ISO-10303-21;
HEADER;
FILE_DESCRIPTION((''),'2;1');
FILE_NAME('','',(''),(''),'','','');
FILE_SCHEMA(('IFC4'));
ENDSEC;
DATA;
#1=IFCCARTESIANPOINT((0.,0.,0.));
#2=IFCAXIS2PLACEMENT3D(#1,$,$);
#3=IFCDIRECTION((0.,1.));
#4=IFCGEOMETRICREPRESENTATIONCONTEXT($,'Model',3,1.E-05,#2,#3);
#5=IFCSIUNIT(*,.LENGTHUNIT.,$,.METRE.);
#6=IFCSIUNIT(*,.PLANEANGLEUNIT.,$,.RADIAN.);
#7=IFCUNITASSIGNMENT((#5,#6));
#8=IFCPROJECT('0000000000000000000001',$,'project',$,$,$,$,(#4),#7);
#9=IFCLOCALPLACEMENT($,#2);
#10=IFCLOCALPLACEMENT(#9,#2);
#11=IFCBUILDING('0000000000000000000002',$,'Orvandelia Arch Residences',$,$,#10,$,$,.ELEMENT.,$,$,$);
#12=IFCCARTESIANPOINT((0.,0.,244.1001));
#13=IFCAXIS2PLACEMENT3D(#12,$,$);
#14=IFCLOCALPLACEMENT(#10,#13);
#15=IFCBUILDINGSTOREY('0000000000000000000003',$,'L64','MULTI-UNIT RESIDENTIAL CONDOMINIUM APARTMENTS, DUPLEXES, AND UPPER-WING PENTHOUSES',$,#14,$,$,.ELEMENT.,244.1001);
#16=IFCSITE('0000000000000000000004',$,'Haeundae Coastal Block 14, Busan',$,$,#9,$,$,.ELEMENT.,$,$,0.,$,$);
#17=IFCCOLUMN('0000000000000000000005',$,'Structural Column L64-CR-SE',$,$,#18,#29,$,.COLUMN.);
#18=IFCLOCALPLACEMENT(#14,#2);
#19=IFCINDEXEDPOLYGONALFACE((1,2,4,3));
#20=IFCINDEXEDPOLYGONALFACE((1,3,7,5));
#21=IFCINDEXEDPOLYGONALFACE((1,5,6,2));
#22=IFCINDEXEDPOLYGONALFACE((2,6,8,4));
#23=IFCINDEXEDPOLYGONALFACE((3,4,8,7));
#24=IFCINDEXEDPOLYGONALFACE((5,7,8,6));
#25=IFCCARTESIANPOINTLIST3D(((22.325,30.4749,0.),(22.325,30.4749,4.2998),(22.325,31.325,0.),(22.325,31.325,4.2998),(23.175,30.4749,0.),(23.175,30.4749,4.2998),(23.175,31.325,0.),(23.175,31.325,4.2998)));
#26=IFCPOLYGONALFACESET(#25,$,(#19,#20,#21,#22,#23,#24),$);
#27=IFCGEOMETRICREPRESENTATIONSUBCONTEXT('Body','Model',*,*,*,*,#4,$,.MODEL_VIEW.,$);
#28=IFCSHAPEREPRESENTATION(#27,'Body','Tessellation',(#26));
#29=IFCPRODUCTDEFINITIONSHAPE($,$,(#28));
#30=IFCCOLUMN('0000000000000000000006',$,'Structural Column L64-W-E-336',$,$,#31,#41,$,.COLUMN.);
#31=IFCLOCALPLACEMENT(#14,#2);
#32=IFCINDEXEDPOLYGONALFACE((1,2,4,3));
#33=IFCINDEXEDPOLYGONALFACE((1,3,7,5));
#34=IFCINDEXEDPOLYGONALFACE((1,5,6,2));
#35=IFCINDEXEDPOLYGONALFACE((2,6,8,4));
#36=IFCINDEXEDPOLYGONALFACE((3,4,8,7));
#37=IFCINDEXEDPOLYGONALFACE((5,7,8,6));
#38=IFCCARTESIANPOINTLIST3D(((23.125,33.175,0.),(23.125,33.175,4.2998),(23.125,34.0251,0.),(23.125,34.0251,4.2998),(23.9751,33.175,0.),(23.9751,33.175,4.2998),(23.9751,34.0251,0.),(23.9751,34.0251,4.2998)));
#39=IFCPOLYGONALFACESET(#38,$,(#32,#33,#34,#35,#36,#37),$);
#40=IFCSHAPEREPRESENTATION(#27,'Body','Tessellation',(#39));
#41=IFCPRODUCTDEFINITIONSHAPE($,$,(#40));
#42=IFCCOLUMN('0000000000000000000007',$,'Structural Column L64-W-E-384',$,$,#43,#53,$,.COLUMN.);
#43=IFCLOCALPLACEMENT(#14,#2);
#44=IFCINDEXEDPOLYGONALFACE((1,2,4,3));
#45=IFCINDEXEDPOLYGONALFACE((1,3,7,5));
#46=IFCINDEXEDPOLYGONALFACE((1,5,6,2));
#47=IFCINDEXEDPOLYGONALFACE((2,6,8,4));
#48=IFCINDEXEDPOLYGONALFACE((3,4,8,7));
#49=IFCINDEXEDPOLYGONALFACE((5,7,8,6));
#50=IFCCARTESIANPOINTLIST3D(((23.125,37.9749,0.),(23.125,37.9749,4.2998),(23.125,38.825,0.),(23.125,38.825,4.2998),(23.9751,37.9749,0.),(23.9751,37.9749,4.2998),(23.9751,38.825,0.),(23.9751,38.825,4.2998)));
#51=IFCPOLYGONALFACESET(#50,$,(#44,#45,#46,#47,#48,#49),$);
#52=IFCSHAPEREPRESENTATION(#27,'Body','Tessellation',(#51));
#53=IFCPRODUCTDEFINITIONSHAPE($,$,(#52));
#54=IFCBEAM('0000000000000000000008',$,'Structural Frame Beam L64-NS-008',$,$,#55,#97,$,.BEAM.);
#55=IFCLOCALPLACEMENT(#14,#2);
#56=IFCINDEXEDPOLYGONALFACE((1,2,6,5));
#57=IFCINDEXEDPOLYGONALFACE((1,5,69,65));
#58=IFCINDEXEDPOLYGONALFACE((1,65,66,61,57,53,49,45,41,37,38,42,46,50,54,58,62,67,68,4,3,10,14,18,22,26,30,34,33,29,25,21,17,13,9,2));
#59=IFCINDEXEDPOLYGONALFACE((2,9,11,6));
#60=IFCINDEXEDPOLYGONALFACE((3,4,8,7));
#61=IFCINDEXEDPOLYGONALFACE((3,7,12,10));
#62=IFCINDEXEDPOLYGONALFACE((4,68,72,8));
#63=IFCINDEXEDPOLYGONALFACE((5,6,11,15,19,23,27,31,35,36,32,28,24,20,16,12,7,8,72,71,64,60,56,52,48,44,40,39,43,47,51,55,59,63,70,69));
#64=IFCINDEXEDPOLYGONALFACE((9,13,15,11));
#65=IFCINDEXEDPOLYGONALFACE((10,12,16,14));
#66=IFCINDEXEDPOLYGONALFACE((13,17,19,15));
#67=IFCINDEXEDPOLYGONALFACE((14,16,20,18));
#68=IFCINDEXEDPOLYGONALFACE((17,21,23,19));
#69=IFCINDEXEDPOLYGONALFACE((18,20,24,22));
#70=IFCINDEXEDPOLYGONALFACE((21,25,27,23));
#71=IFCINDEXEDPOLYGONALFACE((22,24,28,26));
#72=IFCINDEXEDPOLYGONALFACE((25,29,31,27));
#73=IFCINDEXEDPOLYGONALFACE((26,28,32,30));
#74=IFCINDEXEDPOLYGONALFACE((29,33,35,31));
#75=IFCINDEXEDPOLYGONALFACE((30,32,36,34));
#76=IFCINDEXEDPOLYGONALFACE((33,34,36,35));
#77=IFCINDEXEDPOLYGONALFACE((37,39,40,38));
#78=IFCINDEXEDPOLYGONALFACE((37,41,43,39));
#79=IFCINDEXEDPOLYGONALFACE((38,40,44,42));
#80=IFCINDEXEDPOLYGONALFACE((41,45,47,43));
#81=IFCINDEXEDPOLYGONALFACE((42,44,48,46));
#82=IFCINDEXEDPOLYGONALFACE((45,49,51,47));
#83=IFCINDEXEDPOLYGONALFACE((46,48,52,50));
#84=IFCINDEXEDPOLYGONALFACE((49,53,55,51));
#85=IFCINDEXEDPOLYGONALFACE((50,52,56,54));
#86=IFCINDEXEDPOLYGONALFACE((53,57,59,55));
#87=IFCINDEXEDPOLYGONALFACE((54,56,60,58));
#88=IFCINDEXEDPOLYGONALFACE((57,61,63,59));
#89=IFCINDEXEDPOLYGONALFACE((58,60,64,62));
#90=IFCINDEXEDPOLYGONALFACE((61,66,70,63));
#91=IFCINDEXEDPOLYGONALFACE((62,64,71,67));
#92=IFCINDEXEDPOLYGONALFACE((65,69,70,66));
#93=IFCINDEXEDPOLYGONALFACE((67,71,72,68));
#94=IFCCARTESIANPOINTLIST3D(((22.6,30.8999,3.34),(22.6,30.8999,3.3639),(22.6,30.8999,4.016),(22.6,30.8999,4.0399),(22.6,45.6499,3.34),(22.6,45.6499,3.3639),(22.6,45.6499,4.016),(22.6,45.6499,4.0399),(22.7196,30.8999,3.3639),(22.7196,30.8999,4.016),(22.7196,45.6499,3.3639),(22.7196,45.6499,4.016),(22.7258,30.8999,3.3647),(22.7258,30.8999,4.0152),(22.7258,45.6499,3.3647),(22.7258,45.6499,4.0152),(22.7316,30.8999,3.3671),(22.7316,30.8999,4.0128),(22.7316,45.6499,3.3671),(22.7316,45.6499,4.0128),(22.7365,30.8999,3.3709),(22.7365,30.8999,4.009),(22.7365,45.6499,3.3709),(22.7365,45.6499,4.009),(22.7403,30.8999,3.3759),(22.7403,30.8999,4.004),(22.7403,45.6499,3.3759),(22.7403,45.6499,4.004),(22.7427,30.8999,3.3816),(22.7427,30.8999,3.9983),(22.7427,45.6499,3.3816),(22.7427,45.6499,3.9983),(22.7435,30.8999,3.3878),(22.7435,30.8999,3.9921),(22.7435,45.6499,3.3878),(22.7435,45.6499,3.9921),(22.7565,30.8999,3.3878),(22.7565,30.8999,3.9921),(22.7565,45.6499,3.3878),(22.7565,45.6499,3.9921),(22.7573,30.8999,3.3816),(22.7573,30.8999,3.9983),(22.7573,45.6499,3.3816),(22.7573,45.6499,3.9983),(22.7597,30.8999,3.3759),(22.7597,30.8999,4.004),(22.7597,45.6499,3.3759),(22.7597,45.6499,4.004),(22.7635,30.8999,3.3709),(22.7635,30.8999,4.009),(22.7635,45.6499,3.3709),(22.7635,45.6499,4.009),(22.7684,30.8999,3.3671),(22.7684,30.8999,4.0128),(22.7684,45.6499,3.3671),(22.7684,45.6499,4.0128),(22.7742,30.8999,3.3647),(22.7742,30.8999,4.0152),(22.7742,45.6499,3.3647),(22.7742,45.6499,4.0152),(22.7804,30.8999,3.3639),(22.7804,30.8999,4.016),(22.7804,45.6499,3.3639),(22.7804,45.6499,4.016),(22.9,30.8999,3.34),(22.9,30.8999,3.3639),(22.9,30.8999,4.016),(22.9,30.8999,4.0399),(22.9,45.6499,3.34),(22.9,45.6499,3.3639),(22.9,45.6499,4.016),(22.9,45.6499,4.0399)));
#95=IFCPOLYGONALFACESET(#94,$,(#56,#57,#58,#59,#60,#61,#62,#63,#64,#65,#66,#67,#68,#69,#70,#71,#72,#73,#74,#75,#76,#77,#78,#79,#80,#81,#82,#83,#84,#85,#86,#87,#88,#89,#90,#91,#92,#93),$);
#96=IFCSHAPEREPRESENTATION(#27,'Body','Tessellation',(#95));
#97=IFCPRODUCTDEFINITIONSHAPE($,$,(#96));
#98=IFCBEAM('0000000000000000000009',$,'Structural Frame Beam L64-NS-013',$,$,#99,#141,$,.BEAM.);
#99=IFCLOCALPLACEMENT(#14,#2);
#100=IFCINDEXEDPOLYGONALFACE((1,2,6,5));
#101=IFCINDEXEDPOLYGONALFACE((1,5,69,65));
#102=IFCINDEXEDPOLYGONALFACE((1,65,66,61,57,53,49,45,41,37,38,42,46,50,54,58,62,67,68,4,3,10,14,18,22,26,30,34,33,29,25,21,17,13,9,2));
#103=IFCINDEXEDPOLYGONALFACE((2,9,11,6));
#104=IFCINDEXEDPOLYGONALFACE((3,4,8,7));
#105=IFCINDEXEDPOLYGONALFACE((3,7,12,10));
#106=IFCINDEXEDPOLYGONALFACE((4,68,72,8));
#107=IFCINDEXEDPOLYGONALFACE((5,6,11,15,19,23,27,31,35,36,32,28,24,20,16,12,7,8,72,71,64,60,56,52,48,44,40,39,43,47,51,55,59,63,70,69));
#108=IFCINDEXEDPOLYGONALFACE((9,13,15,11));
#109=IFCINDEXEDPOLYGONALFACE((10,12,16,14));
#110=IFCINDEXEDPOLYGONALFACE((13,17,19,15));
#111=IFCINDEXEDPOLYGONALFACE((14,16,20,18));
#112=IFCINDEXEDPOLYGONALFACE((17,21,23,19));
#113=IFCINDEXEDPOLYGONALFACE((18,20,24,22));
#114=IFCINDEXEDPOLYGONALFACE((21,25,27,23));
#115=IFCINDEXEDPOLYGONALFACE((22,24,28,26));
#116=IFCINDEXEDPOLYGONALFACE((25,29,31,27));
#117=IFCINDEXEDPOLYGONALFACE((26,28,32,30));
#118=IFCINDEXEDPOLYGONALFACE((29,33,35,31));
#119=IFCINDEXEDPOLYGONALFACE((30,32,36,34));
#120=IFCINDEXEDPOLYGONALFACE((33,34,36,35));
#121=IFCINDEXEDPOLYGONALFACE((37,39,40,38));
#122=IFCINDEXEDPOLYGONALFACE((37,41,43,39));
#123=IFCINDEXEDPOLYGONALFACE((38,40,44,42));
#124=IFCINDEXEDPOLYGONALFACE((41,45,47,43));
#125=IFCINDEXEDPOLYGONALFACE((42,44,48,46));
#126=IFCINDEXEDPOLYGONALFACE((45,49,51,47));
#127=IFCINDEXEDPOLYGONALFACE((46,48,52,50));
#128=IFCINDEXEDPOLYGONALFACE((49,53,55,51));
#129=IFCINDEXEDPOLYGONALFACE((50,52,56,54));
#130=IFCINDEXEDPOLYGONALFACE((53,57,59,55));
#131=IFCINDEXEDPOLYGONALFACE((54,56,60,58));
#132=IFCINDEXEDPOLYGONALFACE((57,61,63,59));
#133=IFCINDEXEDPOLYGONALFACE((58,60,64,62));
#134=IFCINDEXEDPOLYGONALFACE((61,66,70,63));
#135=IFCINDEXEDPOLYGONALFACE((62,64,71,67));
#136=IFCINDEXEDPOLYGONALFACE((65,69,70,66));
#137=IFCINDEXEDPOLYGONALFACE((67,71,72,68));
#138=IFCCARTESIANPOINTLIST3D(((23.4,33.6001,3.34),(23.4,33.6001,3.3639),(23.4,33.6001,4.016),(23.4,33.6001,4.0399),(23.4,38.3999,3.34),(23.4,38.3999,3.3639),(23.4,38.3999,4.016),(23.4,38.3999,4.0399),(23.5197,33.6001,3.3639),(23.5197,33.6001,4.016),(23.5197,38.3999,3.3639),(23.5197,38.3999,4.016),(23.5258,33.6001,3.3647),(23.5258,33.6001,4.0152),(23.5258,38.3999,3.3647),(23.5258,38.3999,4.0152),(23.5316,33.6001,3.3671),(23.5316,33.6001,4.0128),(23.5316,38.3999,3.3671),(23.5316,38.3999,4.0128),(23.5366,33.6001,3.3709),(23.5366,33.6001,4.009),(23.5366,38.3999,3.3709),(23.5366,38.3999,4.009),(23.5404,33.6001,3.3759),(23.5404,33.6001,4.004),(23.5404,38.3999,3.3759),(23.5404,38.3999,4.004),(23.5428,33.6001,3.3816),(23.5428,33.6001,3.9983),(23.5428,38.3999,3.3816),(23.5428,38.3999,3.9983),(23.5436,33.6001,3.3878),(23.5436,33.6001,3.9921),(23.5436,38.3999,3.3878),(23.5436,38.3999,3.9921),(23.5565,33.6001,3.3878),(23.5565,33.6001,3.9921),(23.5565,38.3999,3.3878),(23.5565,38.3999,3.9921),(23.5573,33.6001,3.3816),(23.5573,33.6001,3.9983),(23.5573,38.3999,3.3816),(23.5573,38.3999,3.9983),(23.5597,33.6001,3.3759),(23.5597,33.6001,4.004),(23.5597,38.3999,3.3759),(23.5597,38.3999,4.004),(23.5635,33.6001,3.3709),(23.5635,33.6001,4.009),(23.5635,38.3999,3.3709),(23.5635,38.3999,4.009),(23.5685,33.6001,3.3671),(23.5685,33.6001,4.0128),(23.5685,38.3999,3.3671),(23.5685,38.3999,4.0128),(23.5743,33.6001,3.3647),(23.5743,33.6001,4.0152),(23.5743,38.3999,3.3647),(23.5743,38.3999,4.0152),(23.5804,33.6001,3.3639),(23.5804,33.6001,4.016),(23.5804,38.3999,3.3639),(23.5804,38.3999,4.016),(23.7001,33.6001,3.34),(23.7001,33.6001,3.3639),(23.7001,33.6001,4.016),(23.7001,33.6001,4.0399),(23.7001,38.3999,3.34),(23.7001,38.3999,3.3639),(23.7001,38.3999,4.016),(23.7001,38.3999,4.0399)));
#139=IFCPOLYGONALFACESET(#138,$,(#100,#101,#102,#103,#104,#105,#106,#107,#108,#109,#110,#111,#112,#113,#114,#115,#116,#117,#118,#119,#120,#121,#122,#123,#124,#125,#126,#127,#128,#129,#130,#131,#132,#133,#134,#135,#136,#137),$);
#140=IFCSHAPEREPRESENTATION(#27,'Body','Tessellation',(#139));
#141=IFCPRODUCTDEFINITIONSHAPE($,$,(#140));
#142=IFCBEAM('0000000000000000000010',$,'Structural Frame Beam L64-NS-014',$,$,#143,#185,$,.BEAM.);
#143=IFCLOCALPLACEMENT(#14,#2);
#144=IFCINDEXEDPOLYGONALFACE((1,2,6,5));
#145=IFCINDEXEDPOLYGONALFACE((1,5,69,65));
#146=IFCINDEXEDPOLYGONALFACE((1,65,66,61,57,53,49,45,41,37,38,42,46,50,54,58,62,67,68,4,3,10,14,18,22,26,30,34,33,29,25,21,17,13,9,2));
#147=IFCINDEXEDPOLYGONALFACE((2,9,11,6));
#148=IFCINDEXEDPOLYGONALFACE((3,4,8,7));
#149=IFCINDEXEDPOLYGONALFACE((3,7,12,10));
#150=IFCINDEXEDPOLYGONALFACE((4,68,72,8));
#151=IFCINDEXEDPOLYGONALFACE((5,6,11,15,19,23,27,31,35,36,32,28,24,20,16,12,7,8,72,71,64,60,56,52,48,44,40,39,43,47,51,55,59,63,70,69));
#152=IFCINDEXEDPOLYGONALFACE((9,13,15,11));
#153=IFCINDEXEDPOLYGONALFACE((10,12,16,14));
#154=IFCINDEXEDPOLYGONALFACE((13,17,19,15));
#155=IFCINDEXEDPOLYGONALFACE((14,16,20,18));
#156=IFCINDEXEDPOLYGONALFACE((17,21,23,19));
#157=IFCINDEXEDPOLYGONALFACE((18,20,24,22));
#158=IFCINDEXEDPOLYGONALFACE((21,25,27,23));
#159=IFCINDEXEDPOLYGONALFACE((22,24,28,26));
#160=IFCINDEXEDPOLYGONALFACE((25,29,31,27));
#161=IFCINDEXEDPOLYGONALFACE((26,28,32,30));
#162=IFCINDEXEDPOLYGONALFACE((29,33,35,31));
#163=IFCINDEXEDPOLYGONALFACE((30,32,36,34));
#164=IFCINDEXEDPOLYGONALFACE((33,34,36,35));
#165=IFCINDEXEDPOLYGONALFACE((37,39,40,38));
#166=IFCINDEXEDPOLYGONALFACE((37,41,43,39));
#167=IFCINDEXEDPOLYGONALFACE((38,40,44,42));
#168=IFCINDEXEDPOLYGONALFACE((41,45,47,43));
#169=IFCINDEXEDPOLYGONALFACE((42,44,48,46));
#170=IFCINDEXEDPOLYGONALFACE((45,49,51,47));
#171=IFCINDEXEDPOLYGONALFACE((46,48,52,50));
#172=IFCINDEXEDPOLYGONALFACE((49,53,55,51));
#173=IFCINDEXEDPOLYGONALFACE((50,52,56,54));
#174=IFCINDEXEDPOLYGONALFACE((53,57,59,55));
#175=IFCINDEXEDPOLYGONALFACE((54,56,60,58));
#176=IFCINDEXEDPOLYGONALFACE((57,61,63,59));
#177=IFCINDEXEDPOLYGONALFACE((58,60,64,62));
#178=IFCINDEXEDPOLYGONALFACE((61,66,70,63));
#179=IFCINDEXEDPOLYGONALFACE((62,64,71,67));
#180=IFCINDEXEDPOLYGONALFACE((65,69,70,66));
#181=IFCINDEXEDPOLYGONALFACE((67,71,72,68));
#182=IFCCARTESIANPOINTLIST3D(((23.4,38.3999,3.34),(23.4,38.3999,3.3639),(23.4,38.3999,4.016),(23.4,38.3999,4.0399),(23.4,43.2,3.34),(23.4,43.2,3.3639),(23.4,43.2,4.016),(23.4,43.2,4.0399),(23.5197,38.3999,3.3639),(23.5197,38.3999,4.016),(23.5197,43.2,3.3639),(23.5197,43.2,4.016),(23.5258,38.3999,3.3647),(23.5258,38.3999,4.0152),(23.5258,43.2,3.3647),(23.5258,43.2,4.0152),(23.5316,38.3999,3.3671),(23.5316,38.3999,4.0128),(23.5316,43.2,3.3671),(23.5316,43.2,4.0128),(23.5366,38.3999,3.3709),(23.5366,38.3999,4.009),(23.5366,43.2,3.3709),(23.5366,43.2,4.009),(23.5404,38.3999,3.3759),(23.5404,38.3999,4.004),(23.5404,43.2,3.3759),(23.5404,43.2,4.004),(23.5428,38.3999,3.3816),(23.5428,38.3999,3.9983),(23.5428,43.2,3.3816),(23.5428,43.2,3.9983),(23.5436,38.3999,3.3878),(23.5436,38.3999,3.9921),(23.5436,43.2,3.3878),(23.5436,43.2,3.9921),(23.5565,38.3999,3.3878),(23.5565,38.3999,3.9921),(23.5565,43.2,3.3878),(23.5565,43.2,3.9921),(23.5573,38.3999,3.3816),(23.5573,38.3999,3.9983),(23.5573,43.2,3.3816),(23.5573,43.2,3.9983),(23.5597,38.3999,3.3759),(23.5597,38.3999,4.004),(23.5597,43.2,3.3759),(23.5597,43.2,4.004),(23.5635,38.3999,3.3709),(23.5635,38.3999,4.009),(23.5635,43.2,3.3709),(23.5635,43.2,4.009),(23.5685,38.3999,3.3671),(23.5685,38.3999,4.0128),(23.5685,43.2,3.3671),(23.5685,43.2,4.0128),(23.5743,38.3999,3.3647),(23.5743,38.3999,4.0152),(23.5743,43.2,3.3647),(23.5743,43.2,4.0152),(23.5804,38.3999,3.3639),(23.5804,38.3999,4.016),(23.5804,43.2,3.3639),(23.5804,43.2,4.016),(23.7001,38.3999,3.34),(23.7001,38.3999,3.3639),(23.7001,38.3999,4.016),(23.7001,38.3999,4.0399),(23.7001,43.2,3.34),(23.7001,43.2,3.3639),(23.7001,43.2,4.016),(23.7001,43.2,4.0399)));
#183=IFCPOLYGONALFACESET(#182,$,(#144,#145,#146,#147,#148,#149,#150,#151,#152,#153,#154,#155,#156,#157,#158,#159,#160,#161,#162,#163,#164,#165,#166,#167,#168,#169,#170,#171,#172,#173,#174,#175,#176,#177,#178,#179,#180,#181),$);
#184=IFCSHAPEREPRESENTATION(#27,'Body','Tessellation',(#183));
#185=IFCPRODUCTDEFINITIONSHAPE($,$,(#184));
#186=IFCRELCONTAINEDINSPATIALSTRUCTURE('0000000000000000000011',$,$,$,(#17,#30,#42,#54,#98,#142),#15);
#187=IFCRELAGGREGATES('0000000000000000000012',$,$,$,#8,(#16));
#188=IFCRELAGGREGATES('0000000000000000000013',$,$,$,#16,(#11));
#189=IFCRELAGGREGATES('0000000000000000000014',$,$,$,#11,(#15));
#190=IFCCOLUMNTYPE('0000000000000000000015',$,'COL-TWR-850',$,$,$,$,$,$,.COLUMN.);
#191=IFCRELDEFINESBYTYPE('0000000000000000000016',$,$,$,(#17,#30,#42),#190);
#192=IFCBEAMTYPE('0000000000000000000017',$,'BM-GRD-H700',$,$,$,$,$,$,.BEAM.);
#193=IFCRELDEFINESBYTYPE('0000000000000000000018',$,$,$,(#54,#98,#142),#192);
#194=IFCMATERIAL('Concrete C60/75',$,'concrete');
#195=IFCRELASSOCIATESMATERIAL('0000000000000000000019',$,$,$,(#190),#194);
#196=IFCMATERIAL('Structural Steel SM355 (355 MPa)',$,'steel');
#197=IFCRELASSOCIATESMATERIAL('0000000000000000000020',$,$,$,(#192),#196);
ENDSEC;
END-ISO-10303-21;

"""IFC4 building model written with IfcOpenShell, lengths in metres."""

from ifc_helpers import new_model, si_unit, direction, frame, origin, origin_2d, place, context, subcontext, project, spatial, rectangle, i_section, extrude, material, material_profile, profile_set, type_object, element, save


model = new_model("IFC4")

# Units and contexts
model_context = context("Model", 3, precision=1e-05, world=origin(), true_north=direction((0.0, 1.0)))
body_context = subcontext(model_context, "Body", "Model", "MODEL_VIEW")
ifc_project = project(units=[si_unit("LENGTHUNIT", "METRE"), si_unit("PLANEANGLEUNIT", "RADIAN")], contexts=[model_context])

# Site, building, storey
site_placement = place(None, origin())
site = spatial("IfcSite", under=ifc_project, at=site_placement, Name="Haeundae Coastal Block 14, Busan", CompositionType="ELEMENT", RefElevation=0.0)
building_placement = place(site_placement, origin())
building = spatial("IfcBuilding", under=site, at=building_placement, Name="Orvandelia Arch Residences", CompositionType="ELEMENT")
storey_placement = place(building_placement, frame((0.0, 0.0, 244.1001)))
storey = spatial("IfcBuildingStorey", under=building, at=storey_placement, Name="L64", Description="MULTI-UNIT RESIDENTIAL CONDOMINIUM APARTMENTS, DUPLEXES, AND UPPER-WING PENTHOUSES", CompositionType="ELEMENT", Elevation=244.1001)

# Columns
ifc_material_1 = material(Name="Concrete C60/75", Category="concrete")
ifc_material_profile_1 = material_profile(ifc_material_1, rectangle(XDim=0.8501, YDim=0.8501, at=origin_2d()), Name="Concrete C60/75", Category="concrete")
ifc_profile_set_1 = profile_set([ifc_material_profile_1], Name="Concrete C60/75")
column_type = type_object("IfcColumnType", Name="COL-TWR-850", PredefinedType="COLUMN", material=ifc_profile_set_1)
for number, where, z_axis, x_axis, name in (
    (1, (22.75, 30.8999, 0.0), (0.0, 0.0, 1.0), (1.0, 0.0, 0.0), "Structural Column L64-CR-SE"),
    (2, (23.55, 33.6001, 0.0), (0.0, 0.0, 1.0), (1.0, 0.0, 0.0), "Structural Column L64-W-E-336"),
    (3, (23.55, 38.3999, 0.0), (0.0, 0.0, 1.0), (1.0, 0.0, 0.0), "Structural Column L64-W-E-384"),
):
    element("IfcColumn", number, at=place(storey_placement, frame(where, z_axis=z_axis, x_axis=x_axis)), inside=storey, type_object=column_type, Name=name, PredefinedType="COLUMN", context=body_context, shape_type="SweptSolid", body=[
        extrude(rectangle(XDim=0.8501, YDim=0.8501, at=origin_2d()), origin(), (0.0, 0.0, 1.0), 4.2998),
    ])

# Beams
ifc_material_2 = material(Name="Structural Steel SM355 (355 MPa)", Category="steel")
ifc_material_profile_2 = material_profile(ifc_material_2, i_section(OverallWidth=0.3, OverallDepth=0.7, WebThickness=0.0129, FlangeThickness=0.0239, FilletRadius=0.0239, at=origin_2d()), Name="Structural Steel SM355 (355 MPa)", Category="steel")
ifc_profile_set_2 = profile_set([ifc_material_profile_2], Name="Structural Steel SM355 (355 MPa)")
beam_type = type_object("IfcBeamType", Name="BM-GRD-H700", PredefinedType="BEAM", material=ifc_profile_set_2)
beam_1_placement = place(storey_placement, frame((22.75, 30.8999, 3.6899), z_axis=(0.0, 1.0, 0.0), x_axis=(-1.0, 0.0, 0.0)))
element("IfcBeam", 4, at=beam_1_placement, inside=storey, type_object=beam_type, Name="Structural Frame Beam L64-NS-008", PredefinedType="BEAM", context=body_context, shape_type="SweptSolid", body=[
    extrude(i_section(OverallWidth=0.3, OverallDepth=0.7, WebThickness=0.0129, FlangeThickness=0.0239, FilletRadius=0.0239, at=origin_2d()), origin(), (0.0, 0.0, 1.0), 14.75),
])
beam_2_placement = place(storey_placement, frame((23.55, 33.6001, 3.6899), z_axis=(0.0, 1.0, 0.0), x_axis=(-1.0, 0.0, 0.0)))
element("IfcBeam", 5, at=beam_2_placement, inside=storey, type_object=beam_type, Name="Structural Frame Beam L64-NS-013", PredefinedType="BEAM", context=body_context, shape_type="SweptSolid", body=[
    extrude(i_section(OverallWidth=0.3, OverallDepth=0.7, WebThickness=0.0129, FlangeThickness=0.0239, FilletRadius=0.0239, at=origin_2d()), origin(), (0.0, 0.0, 1.0), 4.7998),
])
beam_3_placement = place(storey_placement, frame((23.55, 38.3999, 3.6899), z_axis=(0.0, 1.0, 0.0), x_axis=(-1.0, 0.0, 0.0)))
element("IfcBeam", 6, at=beam_3_placement, inside=storey, type_object=beam_type, Name="Structural Frame Beam L64-NS-014", PredefinedType="BEAM", context=body_context, shape_type="SweptSolid", body=[
    extrude(i_section(OverallWidth=0.3, OverallDepth=0.7, WebThickness=0.0129, FlangeThickness=0.0239, FilletRadius=0.0239, at=origin_2d()), origin(), (0.0, 0.0, 1.0), 4.8),
])

save(model, "model.ifc")
